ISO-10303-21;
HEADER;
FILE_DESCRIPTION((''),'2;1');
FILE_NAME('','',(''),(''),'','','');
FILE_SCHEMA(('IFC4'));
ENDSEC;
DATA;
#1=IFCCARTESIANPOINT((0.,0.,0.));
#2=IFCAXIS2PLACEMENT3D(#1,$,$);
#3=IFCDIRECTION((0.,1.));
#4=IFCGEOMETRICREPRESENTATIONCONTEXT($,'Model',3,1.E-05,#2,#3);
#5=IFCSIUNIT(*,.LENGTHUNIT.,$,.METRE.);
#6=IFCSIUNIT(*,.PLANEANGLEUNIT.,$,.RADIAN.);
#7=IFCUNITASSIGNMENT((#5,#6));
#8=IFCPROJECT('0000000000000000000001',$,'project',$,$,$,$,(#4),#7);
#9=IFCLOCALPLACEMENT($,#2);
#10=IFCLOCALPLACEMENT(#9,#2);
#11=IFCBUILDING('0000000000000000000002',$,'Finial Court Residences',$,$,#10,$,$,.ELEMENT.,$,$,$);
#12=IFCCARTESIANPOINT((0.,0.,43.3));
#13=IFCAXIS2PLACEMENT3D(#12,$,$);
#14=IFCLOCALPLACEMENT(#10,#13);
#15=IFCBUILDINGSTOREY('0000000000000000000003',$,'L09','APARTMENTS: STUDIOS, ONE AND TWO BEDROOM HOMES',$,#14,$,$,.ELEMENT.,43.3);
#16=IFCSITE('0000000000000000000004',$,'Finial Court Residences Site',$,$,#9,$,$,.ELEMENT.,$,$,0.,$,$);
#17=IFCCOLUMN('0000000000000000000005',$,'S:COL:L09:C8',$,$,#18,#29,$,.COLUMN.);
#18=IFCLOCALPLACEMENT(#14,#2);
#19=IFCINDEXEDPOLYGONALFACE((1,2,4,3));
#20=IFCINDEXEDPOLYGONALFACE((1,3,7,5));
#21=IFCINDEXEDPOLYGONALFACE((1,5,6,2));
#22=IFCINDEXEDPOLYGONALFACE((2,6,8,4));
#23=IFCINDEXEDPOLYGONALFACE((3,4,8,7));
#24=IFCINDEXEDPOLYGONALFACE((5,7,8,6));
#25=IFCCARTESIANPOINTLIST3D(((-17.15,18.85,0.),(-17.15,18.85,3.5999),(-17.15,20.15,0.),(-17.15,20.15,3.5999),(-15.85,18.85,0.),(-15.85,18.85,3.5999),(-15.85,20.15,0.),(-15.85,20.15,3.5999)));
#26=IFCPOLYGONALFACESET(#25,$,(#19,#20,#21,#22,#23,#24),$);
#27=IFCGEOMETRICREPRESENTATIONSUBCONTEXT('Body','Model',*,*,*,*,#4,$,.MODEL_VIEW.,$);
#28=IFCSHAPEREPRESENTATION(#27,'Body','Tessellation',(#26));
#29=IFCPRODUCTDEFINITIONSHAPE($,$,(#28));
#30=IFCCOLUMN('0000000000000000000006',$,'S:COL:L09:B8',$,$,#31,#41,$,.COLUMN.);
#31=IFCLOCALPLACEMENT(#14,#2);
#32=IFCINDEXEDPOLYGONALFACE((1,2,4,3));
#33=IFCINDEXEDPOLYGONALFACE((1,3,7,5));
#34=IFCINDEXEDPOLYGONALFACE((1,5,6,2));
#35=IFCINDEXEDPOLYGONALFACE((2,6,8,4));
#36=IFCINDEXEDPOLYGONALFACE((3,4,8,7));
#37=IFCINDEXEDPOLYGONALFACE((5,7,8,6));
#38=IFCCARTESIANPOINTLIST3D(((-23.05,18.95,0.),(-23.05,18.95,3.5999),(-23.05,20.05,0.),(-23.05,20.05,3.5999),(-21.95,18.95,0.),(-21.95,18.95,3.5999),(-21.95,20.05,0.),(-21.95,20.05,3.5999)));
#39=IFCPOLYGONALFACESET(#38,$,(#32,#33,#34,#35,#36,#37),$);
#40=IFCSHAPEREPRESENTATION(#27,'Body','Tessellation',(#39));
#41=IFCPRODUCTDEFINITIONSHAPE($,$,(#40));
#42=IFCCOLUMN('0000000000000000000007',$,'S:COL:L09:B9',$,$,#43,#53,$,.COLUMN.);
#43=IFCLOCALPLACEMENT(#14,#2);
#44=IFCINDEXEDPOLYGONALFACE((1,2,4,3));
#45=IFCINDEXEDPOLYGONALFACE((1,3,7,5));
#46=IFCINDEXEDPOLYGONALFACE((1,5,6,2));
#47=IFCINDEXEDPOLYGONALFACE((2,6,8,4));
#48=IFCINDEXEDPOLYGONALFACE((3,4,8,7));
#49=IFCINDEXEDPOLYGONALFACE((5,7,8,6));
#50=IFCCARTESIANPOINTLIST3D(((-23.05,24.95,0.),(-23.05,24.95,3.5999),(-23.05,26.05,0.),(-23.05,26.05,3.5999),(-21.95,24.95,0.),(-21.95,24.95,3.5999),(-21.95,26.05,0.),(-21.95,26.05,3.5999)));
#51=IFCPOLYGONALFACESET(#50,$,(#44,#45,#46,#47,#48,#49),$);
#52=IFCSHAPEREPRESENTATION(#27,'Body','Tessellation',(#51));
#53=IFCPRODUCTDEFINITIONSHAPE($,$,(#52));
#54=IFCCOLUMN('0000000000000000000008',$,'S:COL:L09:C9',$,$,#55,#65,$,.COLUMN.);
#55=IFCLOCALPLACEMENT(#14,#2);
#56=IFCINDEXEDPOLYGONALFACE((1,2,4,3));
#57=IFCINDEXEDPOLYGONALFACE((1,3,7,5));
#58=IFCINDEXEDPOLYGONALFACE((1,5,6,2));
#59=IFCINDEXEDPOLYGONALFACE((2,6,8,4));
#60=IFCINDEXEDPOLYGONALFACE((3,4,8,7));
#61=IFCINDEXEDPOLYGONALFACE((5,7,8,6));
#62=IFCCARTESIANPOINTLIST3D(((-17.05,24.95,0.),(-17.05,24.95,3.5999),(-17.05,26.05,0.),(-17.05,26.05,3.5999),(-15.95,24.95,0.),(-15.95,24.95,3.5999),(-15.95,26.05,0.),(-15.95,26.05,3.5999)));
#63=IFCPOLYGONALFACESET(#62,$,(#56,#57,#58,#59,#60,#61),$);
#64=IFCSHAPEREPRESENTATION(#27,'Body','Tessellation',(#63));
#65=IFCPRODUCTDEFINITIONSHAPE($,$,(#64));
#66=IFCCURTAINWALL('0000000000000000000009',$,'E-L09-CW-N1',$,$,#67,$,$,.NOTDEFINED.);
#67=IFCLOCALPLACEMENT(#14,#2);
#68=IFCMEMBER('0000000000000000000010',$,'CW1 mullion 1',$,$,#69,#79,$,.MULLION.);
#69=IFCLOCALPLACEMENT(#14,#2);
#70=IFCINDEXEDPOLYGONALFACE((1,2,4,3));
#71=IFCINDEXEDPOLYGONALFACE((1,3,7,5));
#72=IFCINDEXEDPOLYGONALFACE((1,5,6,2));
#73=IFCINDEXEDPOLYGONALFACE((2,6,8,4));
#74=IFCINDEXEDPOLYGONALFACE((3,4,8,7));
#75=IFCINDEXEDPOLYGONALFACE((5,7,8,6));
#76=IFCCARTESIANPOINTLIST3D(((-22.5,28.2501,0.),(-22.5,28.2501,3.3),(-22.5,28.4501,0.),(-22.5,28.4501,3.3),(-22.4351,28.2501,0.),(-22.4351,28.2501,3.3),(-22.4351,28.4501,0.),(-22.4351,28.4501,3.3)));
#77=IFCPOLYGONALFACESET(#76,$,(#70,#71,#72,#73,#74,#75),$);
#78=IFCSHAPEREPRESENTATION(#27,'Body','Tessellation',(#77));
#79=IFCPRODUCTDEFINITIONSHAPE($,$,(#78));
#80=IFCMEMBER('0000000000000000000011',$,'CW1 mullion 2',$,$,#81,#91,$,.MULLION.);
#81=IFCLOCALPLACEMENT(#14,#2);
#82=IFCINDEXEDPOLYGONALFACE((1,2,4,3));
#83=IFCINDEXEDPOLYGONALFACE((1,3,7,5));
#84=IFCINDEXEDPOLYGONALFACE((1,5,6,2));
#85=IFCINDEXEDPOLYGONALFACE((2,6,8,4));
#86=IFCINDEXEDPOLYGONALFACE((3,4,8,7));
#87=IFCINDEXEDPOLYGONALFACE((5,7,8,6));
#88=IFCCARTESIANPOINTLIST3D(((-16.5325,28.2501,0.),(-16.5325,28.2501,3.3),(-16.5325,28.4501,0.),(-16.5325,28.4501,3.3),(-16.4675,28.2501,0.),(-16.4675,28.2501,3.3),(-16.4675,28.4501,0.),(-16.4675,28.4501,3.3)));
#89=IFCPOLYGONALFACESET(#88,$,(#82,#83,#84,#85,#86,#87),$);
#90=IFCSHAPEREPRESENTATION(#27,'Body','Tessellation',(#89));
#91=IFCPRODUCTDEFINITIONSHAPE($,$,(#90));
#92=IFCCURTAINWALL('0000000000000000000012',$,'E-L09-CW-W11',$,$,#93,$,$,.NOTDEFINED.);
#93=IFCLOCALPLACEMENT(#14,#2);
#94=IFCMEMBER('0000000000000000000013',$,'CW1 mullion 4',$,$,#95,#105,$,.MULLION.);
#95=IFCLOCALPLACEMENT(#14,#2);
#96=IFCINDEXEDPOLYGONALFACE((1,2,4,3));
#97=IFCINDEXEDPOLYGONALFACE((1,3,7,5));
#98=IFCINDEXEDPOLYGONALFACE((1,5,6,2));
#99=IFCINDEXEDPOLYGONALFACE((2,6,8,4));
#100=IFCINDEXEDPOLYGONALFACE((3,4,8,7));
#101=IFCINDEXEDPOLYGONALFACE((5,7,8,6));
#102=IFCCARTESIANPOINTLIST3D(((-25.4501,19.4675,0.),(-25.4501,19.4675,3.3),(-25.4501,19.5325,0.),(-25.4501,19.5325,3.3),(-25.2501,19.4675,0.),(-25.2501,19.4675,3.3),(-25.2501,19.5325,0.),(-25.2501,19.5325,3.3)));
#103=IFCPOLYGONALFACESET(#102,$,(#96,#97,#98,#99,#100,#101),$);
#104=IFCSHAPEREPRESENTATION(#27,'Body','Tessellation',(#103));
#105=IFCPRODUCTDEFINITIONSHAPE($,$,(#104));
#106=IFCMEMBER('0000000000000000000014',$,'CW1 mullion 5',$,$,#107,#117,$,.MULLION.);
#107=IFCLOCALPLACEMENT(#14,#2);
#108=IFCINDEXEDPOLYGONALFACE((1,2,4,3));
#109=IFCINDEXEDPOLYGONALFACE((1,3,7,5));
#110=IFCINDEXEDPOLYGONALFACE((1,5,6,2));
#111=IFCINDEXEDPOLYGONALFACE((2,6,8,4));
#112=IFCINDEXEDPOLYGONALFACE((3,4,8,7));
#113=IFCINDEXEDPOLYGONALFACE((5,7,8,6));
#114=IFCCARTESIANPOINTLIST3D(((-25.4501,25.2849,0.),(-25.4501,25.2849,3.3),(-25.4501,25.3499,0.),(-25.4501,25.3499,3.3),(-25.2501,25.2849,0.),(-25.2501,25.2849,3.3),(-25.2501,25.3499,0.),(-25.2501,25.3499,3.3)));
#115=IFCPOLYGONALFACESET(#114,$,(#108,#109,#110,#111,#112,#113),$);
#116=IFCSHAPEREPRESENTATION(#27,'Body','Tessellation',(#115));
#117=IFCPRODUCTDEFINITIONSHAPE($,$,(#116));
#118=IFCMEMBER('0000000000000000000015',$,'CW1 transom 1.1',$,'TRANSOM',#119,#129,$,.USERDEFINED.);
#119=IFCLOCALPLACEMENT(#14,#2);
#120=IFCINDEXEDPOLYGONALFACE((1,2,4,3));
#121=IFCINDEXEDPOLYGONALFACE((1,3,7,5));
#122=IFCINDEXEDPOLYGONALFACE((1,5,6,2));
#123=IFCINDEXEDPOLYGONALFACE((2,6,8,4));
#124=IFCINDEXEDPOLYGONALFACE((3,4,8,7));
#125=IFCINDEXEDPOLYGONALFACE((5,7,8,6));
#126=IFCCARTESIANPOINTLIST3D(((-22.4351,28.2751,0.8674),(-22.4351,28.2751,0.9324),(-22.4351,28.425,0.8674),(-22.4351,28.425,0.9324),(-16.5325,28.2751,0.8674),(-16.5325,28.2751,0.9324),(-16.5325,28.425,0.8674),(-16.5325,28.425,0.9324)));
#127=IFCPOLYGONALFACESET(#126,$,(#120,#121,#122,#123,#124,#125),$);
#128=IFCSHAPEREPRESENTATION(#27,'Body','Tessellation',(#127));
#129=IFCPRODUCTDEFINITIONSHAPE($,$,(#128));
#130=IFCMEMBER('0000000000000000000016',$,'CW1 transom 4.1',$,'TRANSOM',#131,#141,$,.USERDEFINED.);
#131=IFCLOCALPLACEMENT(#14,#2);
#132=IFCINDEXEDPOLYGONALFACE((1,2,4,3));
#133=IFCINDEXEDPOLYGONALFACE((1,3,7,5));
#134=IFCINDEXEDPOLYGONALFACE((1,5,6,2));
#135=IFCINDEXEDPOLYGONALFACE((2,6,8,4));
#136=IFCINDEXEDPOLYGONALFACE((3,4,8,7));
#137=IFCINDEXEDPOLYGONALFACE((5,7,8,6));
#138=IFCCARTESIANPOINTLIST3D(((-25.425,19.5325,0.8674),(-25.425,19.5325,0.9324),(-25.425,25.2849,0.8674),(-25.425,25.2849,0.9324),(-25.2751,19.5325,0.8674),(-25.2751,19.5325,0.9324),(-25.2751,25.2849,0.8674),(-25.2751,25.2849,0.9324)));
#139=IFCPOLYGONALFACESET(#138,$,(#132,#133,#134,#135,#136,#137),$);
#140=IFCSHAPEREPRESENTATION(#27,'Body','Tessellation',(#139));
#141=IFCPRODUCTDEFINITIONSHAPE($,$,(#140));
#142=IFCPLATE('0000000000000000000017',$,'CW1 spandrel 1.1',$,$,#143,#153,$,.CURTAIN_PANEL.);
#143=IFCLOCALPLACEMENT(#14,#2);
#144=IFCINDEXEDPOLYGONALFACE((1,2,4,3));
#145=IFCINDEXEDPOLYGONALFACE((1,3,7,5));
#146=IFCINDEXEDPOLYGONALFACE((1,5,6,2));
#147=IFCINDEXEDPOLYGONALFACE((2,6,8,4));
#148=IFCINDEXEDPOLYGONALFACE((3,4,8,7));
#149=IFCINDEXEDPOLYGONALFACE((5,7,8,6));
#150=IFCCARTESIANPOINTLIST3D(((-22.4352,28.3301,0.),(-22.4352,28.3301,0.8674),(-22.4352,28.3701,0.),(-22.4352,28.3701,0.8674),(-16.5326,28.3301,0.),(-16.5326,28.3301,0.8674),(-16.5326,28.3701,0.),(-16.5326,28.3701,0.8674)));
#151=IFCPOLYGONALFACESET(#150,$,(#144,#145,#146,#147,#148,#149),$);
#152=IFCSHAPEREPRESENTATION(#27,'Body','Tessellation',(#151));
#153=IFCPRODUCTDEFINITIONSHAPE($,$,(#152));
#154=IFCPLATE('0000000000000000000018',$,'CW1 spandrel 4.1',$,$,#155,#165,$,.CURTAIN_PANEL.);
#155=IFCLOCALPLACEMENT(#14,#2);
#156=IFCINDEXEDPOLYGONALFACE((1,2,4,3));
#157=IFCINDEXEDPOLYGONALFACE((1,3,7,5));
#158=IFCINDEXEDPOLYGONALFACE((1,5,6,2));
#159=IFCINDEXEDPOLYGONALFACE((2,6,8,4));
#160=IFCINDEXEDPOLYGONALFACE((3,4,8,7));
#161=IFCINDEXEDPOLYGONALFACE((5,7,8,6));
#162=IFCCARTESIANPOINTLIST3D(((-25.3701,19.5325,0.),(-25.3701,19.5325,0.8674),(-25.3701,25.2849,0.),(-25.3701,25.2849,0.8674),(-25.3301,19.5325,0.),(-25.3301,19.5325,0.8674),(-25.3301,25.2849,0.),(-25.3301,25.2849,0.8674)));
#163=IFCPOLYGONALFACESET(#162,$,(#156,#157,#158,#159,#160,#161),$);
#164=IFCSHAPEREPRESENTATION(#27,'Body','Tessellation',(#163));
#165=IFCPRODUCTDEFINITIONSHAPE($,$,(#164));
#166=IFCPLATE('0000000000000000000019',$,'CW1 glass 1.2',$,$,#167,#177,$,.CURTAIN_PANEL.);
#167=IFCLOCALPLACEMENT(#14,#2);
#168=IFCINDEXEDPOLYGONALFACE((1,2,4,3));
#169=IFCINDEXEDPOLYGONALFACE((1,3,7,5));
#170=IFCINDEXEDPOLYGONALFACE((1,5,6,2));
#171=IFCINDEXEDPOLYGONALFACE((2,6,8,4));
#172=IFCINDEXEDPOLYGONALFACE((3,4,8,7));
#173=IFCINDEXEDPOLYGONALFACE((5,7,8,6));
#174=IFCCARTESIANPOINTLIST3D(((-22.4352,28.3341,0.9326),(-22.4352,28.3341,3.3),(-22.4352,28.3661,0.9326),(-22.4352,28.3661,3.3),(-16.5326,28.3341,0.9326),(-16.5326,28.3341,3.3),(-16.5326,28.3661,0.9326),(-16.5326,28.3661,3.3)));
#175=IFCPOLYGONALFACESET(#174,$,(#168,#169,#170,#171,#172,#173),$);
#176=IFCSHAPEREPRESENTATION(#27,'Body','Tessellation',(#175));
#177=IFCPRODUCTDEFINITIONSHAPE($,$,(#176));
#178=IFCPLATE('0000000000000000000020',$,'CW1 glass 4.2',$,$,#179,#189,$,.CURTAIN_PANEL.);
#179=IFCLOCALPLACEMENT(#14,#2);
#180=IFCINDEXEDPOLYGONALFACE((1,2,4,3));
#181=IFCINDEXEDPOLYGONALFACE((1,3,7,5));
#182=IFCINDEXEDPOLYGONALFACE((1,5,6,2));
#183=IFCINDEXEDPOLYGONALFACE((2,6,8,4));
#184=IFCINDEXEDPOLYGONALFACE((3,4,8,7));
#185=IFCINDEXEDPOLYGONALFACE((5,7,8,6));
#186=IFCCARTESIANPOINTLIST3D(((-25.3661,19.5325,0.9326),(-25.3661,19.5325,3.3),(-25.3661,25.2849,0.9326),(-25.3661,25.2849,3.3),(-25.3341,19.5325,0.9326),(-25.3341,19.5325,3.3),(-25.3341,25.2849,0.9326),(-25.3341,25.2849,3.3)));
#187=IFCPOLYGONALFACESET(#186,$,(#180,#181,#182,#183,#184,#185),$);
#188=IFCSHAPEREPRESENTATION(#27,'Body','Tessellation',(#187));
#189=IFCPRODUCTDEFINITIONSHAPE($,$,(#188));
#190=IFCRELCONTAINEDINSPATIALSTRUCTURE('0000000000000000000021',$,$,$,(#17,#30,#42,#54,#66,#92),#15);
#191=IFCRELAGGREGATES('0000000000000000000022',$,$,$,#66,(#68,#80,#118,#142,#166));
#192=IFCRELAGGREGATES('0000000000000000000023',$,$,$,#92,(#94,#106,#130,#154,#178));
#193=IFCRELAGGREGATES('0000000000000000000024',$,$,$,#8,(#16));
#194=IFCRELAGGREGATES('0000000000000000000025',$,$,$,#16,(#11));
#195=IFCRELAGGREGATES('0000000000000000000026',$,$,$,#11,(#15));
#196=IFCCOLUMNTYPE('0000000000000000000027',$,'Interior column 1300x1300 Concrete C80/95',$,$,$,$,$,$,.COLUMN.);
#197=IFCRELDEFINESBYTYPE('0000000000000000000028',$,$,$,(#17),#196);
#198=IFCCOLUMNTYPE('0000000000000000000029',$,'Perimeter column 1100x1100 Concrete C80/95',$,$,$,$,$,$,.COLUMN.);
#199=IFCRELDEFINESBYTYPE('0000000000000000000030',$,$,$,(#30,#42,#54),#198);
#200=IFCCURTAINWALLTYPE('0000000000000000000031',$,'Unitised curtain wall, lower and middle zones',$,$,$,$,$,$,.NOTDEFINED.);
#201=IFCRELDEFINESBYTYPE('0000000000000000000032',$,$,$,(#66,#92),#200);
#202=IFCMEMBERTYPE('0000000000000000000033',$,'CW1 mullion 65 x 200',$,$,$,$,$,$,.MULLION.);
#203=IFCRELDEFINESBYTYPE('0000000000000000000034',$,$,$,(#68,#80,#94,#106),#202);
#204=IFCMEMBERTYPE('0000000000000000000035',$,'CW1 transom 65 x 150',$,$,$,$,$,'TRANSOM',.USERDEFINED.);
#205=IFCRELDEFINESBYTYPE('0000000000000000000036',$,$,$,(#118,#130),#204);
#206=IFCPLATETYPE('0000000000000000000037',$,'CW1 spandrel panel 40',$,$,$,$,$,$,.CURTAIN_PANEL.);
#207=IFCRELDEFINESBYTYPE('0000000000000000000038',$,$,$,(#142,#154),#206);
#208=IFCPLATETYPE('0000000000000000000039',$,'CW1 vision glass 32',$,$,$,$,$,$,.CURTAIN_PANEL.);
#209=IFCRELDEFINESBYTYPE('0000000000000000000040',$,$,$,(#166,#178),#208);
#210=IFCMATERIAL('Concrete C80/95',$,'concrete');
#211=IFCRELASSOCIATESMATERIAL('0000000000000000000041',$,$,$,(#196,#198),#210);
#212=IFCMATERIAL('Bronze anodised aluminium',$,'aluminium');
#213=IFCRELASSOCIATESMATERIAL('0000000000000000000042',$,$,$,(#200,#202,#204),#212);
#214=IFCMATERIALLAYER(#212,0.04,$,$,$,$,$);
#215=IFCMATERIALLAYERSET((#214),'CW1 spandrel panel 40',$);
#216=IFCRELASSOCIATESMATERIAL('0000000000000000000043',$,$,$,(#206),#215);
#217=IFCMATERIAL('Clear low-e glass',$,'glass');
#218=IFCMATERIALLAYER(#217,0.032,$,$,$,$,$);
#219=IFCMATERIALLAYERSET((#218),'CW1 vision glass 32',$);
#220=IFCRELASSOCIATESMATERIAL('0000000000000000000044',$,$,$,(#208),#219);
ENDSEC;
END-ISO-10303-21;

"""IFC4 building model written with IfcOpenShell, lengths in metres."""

from ifc_helpers import new_model, si_unit, direction, frame, origin, origin_2d, place, context, subcontext, project, spatial, rectangle, extrude, material, layer, layer_set, material_profile, profile_set, type_object, element, aggregate, save


model = new_model("IFC4")

# Units and contexts
model_context = context("Model", 3, precision=1e-05, world=origin(), true_north=direction((0.0, 1.0)))
body_context = subcontext(model_context, "Body", "Model", "MODEL_VIEW")
ifc_project = project(units=[si_unit("LENGTHUNIT", "METRE"), si_unit("PLANEANGLEUNIT", "RADIAN")], contexts=[model_context])

# Site, building, storey
site_placement = place(None, origin())
site = spatial("IfcSite", under=ifc_project, at=site_placement, Name="Finial Court Residences Site", CompositionType="ELEMENT", RefElevation=0.0)
building_placement = place(site_placement, origin())
building = spatial("IfcBuilding", under=site, at=building_placement, Name="Finial Court Residences", CompositionType="ELEMENT")
storey_placement = place(building_placement, frame((0.0, 0.0, 43.3)))
storey = spatial("IfcBuildingStorey", under=building, at=storey_placement, Name="L09", Description="APARTMENTS: STUDIOS, ONE AND TWO BEDROOM HOMES", CompositionType="ELEMENT", Elevation=43.3)

# Columns
ifc_material_1 = material(Name="Concrete C80/95", Category="concrete")
ifc_material_profile_1 = material_profile(ifc_material_1, rectangle(XDim=1.3, YDim=1.3, at=origin_2d()), Name="1300x1300")
ifc_profile_set_1 = profile_set([ifc_material_profile_1], Name="Concrete C80/95")
column_type_1 = type_object("IfcColumnType", Name="Interior column 1300x1300 Concrete C80/95", PredefinedType="COLUMN", material=ifc_profile_set_1)
column_placement = place(storey_placement, frame((-16.5, 19.5, 0.0), z_axis=(0.0, 0.0, 1.0), x_axis=(1.0, 0.0, 0.0)))
element("IfcColumn", 1, at=column_placement, inside=storey, type_object=column_type_1, Name="S:COL:L09:C8", PredefinedType="COLUMN", context=body_context, shape_type="SweptSolid", body=[
    extrude(rectangle(XDim=1.3, YDim=1.3, at=origin_2d()), origin(), (0.0, 0.0, 1.0), 3.5999),
])
ifc_material_profile_2 = material_profile(ifc_material_1, rectangle(XDim=1.1001, YDim=1.1001, at=origin_2d()), Name="1100x1100")
ifc_profile_set_2 = profile_set([ifc_material_profile_2], Name="Concrete C80/95")
column_type_2 = type_object("IfcColumnType", Name="Perimeter column 1100x1100 Concrete C80/95", PredefinedType="COLUMN", material=ifc_profile_set_2)
for number, where, z_axis, x_axis, name in (
    (2, (-22.5, 19.5, 0.0), (0.0, 0.0, 1.0), (1.0, 0.0, 0.0), "S:COL:L09:B8"),
    (3, (-22.5, 25.5, 0.0), (0.0, 0.0, 1.0), (1.0, 0.0, 0.0), "S:COL:L09:B9"),
    (4, (-16.5, 25.5, 0.0), (0.0, 0.0, 1.0), (1.0, 0.0, 0.0), "S:COL:L09:C9"),
):
    element("IfcColumn", number, at=place(storey_placement, frame(where, z_axis=z_axis, x_axis=x_axis)), inside=storey, type_object=column_type_2, Name=name, PredefinedType="COLUMN", context=body_context, shape_type="SweptSolid", body=[
        extrude(rectangle(XDim=1.1001, YDim=1.1001, at=origin_2d()), origin(), (0.0, 0.0, 1.0), 3.5999),
    ])

# Curtain walls, members
ifc_material_2 = material(Name="Bronze anodised aluminium", Category="aluminium")
curtain_wall_type = type_object("IfcCurtainWallType", Name="Unitised curtain wall, lower and middle zones", PredefinedType="NOTDEFINED", material=ifc_material_2)
curtain_wall_1_placement = place(storey_placement, origin())
curtain_wall_1 = element("IfcCurtainWall", 5, at=curtain_wall_1_placement, inside=storey, type_object=curtain_wall_type, Name="E-L09-CW-N1", PredefinedType="NOTDEFINED")
ifc_material_profile_3 = material_profile(ifc_material_2, rectangle(XDim=0.2, YDim=0.0649, at=origin_2d()), Name="CW1 mullion 65 x 200")
ifc_profile_set_3 = profile_set([ifc_material_profile_3], Name="Bronze anodised aluminium")
member_type_1 = type_object("IfcMemberType", Name="CW1 mullion 65 x 200", PredefinedType="MULLION", material=ifc_profile_set_3)
member_1_placement = place(storey_placement, frame((-22.4675, 28.3501, 0.0), z_axis=(0.0, 0.0, 1.0), x_axis=(0.0, 1.0, 0.0)))
member_1 = element("IfcMember", 6, at=member_1_placement, type_object=member_type_1, Name="CW1 mullion 1", PredefinedType="MULLION", context=body_context, shape_type="SweptSolid", body=[
    extrude(rectangle(XDim=0.2, YDim=0.0649, at=origin_2d()), origin(), (0.0, 0.0, 1.0), 3.3),
])
member_2_placement = place(storey_placement, frame((-16.5, 28.3501, 0.0), z_axis=(0.0, 0.0, 1.0), x_axis=(0.0, 1.0, 0.0)))
member_2 = element("IfcMember", 7, at=member_2_placement, type_object=member_type_1, Name="CW1 mullion 2", PredefinedType="MULLION", context=body_context, shape_type="SweptSolid", body=[
    extrude(rectangle(XDim=0.2, YDim=0.0649, at=origin_2d()), origin(), (0.0, 0.0, 1.0), 3.3),
])
curtain_wall_2_placement = place(storey_placement, origin())
curtain_wall_2 = element("IfcCurtainWall", 8, at=curtain_wall_2_placement, inside=storey, type_object=curtain_wall_type, Name="E-L09-CW-W11", PredefinedType="NOTDEFINED")
member_3_placement = place(storey_placement, frame((-25.3501, 19.5, 0.0), z_axis=(0.0, 0.0, 1.0), x_axis=(-1.0, 0.0, 0.0)))
member_3 = element("IfcMember", 9, at=member_3_placement, type_object=member_type_1, Name="CW1 mullion 4", PredefinedType="MULLION", context=body_context, shape_type="SweptSolid", body=[
    extrude(rectangle(XDim=0.2, YDim=0.0649, at=origin_2d()), origin(), (0.0, 0.0, 1.0), 3.3),
])
member_4_placement = place(storey_placement, frame((-25.3501, 25.3174, 0.0), z_axis=(0.0, 0.0, 1.0), x_axis=(-1.0, 0.0, 0.0)))
member_4 = element("IfcMember", 10, at=member_4_placement, type_object=member_type_1, Name="CW1 mullion 5", PredefinedType="MULLION", context=body_context, shape_type="SweptSolid", body=[
    extrude(rectangle(XDim=0.2, YDim=0.0649, at=origin_2d()), origin(), (0.0, 0.0, 1.0), 3.3),
])

# Members
ifc_material_profile_4 = material_profile(ifc_material_2, rectangle(XDim=0.1499, YDim=0.0649, at=origin_2d()), Name="CW1 transom 65 x 150")
ifc_profile_set_4 = profile_set([ifc_material_profile_4], Name="Bronze anodised aluminium")
member_type_2 = type_object("IfcMemberType", Name="CW1 transom 65 x 150", ElementType="TRANSOM", PredefinedType="USERDEFINED", material=ifc_profile_set_4)
member_5_placement = place(storey_placement, frame((-22.4351, 28.3501, 0.8999), z_axis=(1.0, 0.0, 0.0), x_axis=(0.0, 1.0, 0.0)))
member_5 = element("IfcMember", 11, at=member_5_placement, type_object=member_type_2, Name="CW1 transom 1.1", ObjectType="TRANSOM", PredefinedType="USERDEFINED", context=body_context, shape_type="SweptSolid", body=[
    extrude(rectangle(XDim=0.1499, YDim=0.0649, at=origin_2d()), origin(), (0.0, 0.0, 1.0), 5.9026),
])
member_6_placement = place(storey_placement, frame((-25.3501, 19.5325, 0.8999), z_axis=(0.0, 1.0, 0.0), x_axis=(-1.0, 0.0, 0.0)))
member_6 = element("IfcMember", 12, at=member_6_placement, type_object=member_type_2, Name="CW1 transom 4.1", ObjectType="TRANSOM", PredefinedType="USERDEFINED", context=body_context, shape_type="SweptSolid", body=[
    extrude(rectangle(XDim=0.1499, YDim=0.0649, at=origin_2d()), origin(), (0.0, 0.0, 1.0), 5.7524),
])

# Plates
ifc_layer_1 = layer(ifc_material_2, 0.04)
ifc_layer_set_1 = layer_set([ifc_layer_1], Name="CW1 spandrel panel 40")
plate_type_1 = type_object("IfcPlateType", Name="CW1 spandrel panel 40", PredefinedType="CURTAIN_PANEL", material=ifc_layer_set_1)
plate_1_placement = place(storey_placement, frame((-19.4839, 28.3501, 0.0), z_axis=(0.0, 0.0, 1.0), x_axis=(1.0, 0.0, 0.0)))
plate_1 = element("IfcPlate", 13, at=plate_1_placement, type_object=plate_type_1, Name="CW1 spandrel 1.1", PredefinedType="CURTAIN_PANEL", context=body_context, shape_type="SweptSolid", body=[
    extrude(rectangle(XDim=5.9026, YDim=0.04, at=origin_2d()), origin(), (0.0, 0.0, 1.0), 0.8674),
])
plate_2_placement = place(storey_placement, frame((-25.3501, 22.4087, 0.0), z_axis=(0.0, 0.0, 1.0), x_axis=(0.0, 1.0, 0.0)))
plate_2 = element("IfcPlate", 14, at=plate_2_placement, type_object=plate_type_1, Name="CW1 spandrel 4.1", PredefinedType="CURTAIN_PANEL", context=body_context, shape_type="SweptSolid", body=[
    extrude(rectangle(XDim=5.7524, YDim=0.04, at=origin_2d()), origin(), (0.0, 0.0, 1.0), 0.8674),
])
ifc_material_3 = material(Name="Clear low-e glass", Category="glass")
ifc_layer_2 = layer(ifc_material_3, 0.032)
ifc_layer_set_2 = layer_set([ifc_layer_2], Name="CW1 vision glass 32")
plate_type_2 = type_object("IfcPlateType", Name="CW1 vision glass 32", PredefinedType="CURTAIN_PANEL", material=ifc_layer_set_2)
plate_3_placement = place(storey_placement, frame((-19.4839, 28.3501, 0.9326), z_axis=(0.0, 0.0, 1.0), x_axis=(1.0, 0.0, 0.0)))
plate_3 = element("IfcPlate", 15, at=plate_3_placement, type_object=plate_type_2, Name="CW1 glass 1.2", PredefinedType="CURTAIN_PANEL", context=body_context, shape_type="SweptSolid", body=[
    extrude(rectangle(XDim=5.9026, YDim=0.032, at=origin_2d()), origin(), (0.0, 0.0, 1.0), 2.3674),
])
aggregate(curtain_wall_1, [member_1, member_2, member_5, plate_1, plate_3])
plate_4_placement = place(storey_placement, frame((-25.3501, 22.4087, 0.9326), z_axis=(0.0, 0.0, 1.0), x_axis=(0.0, 1.0, 0.0)))
plate_4 = element("IfcPlate", 16, at=plate_4_placement, type_object=plate_type_2, Name="CW1 glass 4.2", PredefinedType="CURTAIN_PANEL", context=body_context, shape_type="SweptSolid", body=[
    extrude(rectangle(XDim=5.7524, YDim=0.032, at=origin_2d()), origin(), (0.0, 0.0, 1.0), 2.3674),
])
aggregate(curtain_wall_2, [member_3, member_4, member_6, plate_2, plate_4])

save(model, "model.ifc")
